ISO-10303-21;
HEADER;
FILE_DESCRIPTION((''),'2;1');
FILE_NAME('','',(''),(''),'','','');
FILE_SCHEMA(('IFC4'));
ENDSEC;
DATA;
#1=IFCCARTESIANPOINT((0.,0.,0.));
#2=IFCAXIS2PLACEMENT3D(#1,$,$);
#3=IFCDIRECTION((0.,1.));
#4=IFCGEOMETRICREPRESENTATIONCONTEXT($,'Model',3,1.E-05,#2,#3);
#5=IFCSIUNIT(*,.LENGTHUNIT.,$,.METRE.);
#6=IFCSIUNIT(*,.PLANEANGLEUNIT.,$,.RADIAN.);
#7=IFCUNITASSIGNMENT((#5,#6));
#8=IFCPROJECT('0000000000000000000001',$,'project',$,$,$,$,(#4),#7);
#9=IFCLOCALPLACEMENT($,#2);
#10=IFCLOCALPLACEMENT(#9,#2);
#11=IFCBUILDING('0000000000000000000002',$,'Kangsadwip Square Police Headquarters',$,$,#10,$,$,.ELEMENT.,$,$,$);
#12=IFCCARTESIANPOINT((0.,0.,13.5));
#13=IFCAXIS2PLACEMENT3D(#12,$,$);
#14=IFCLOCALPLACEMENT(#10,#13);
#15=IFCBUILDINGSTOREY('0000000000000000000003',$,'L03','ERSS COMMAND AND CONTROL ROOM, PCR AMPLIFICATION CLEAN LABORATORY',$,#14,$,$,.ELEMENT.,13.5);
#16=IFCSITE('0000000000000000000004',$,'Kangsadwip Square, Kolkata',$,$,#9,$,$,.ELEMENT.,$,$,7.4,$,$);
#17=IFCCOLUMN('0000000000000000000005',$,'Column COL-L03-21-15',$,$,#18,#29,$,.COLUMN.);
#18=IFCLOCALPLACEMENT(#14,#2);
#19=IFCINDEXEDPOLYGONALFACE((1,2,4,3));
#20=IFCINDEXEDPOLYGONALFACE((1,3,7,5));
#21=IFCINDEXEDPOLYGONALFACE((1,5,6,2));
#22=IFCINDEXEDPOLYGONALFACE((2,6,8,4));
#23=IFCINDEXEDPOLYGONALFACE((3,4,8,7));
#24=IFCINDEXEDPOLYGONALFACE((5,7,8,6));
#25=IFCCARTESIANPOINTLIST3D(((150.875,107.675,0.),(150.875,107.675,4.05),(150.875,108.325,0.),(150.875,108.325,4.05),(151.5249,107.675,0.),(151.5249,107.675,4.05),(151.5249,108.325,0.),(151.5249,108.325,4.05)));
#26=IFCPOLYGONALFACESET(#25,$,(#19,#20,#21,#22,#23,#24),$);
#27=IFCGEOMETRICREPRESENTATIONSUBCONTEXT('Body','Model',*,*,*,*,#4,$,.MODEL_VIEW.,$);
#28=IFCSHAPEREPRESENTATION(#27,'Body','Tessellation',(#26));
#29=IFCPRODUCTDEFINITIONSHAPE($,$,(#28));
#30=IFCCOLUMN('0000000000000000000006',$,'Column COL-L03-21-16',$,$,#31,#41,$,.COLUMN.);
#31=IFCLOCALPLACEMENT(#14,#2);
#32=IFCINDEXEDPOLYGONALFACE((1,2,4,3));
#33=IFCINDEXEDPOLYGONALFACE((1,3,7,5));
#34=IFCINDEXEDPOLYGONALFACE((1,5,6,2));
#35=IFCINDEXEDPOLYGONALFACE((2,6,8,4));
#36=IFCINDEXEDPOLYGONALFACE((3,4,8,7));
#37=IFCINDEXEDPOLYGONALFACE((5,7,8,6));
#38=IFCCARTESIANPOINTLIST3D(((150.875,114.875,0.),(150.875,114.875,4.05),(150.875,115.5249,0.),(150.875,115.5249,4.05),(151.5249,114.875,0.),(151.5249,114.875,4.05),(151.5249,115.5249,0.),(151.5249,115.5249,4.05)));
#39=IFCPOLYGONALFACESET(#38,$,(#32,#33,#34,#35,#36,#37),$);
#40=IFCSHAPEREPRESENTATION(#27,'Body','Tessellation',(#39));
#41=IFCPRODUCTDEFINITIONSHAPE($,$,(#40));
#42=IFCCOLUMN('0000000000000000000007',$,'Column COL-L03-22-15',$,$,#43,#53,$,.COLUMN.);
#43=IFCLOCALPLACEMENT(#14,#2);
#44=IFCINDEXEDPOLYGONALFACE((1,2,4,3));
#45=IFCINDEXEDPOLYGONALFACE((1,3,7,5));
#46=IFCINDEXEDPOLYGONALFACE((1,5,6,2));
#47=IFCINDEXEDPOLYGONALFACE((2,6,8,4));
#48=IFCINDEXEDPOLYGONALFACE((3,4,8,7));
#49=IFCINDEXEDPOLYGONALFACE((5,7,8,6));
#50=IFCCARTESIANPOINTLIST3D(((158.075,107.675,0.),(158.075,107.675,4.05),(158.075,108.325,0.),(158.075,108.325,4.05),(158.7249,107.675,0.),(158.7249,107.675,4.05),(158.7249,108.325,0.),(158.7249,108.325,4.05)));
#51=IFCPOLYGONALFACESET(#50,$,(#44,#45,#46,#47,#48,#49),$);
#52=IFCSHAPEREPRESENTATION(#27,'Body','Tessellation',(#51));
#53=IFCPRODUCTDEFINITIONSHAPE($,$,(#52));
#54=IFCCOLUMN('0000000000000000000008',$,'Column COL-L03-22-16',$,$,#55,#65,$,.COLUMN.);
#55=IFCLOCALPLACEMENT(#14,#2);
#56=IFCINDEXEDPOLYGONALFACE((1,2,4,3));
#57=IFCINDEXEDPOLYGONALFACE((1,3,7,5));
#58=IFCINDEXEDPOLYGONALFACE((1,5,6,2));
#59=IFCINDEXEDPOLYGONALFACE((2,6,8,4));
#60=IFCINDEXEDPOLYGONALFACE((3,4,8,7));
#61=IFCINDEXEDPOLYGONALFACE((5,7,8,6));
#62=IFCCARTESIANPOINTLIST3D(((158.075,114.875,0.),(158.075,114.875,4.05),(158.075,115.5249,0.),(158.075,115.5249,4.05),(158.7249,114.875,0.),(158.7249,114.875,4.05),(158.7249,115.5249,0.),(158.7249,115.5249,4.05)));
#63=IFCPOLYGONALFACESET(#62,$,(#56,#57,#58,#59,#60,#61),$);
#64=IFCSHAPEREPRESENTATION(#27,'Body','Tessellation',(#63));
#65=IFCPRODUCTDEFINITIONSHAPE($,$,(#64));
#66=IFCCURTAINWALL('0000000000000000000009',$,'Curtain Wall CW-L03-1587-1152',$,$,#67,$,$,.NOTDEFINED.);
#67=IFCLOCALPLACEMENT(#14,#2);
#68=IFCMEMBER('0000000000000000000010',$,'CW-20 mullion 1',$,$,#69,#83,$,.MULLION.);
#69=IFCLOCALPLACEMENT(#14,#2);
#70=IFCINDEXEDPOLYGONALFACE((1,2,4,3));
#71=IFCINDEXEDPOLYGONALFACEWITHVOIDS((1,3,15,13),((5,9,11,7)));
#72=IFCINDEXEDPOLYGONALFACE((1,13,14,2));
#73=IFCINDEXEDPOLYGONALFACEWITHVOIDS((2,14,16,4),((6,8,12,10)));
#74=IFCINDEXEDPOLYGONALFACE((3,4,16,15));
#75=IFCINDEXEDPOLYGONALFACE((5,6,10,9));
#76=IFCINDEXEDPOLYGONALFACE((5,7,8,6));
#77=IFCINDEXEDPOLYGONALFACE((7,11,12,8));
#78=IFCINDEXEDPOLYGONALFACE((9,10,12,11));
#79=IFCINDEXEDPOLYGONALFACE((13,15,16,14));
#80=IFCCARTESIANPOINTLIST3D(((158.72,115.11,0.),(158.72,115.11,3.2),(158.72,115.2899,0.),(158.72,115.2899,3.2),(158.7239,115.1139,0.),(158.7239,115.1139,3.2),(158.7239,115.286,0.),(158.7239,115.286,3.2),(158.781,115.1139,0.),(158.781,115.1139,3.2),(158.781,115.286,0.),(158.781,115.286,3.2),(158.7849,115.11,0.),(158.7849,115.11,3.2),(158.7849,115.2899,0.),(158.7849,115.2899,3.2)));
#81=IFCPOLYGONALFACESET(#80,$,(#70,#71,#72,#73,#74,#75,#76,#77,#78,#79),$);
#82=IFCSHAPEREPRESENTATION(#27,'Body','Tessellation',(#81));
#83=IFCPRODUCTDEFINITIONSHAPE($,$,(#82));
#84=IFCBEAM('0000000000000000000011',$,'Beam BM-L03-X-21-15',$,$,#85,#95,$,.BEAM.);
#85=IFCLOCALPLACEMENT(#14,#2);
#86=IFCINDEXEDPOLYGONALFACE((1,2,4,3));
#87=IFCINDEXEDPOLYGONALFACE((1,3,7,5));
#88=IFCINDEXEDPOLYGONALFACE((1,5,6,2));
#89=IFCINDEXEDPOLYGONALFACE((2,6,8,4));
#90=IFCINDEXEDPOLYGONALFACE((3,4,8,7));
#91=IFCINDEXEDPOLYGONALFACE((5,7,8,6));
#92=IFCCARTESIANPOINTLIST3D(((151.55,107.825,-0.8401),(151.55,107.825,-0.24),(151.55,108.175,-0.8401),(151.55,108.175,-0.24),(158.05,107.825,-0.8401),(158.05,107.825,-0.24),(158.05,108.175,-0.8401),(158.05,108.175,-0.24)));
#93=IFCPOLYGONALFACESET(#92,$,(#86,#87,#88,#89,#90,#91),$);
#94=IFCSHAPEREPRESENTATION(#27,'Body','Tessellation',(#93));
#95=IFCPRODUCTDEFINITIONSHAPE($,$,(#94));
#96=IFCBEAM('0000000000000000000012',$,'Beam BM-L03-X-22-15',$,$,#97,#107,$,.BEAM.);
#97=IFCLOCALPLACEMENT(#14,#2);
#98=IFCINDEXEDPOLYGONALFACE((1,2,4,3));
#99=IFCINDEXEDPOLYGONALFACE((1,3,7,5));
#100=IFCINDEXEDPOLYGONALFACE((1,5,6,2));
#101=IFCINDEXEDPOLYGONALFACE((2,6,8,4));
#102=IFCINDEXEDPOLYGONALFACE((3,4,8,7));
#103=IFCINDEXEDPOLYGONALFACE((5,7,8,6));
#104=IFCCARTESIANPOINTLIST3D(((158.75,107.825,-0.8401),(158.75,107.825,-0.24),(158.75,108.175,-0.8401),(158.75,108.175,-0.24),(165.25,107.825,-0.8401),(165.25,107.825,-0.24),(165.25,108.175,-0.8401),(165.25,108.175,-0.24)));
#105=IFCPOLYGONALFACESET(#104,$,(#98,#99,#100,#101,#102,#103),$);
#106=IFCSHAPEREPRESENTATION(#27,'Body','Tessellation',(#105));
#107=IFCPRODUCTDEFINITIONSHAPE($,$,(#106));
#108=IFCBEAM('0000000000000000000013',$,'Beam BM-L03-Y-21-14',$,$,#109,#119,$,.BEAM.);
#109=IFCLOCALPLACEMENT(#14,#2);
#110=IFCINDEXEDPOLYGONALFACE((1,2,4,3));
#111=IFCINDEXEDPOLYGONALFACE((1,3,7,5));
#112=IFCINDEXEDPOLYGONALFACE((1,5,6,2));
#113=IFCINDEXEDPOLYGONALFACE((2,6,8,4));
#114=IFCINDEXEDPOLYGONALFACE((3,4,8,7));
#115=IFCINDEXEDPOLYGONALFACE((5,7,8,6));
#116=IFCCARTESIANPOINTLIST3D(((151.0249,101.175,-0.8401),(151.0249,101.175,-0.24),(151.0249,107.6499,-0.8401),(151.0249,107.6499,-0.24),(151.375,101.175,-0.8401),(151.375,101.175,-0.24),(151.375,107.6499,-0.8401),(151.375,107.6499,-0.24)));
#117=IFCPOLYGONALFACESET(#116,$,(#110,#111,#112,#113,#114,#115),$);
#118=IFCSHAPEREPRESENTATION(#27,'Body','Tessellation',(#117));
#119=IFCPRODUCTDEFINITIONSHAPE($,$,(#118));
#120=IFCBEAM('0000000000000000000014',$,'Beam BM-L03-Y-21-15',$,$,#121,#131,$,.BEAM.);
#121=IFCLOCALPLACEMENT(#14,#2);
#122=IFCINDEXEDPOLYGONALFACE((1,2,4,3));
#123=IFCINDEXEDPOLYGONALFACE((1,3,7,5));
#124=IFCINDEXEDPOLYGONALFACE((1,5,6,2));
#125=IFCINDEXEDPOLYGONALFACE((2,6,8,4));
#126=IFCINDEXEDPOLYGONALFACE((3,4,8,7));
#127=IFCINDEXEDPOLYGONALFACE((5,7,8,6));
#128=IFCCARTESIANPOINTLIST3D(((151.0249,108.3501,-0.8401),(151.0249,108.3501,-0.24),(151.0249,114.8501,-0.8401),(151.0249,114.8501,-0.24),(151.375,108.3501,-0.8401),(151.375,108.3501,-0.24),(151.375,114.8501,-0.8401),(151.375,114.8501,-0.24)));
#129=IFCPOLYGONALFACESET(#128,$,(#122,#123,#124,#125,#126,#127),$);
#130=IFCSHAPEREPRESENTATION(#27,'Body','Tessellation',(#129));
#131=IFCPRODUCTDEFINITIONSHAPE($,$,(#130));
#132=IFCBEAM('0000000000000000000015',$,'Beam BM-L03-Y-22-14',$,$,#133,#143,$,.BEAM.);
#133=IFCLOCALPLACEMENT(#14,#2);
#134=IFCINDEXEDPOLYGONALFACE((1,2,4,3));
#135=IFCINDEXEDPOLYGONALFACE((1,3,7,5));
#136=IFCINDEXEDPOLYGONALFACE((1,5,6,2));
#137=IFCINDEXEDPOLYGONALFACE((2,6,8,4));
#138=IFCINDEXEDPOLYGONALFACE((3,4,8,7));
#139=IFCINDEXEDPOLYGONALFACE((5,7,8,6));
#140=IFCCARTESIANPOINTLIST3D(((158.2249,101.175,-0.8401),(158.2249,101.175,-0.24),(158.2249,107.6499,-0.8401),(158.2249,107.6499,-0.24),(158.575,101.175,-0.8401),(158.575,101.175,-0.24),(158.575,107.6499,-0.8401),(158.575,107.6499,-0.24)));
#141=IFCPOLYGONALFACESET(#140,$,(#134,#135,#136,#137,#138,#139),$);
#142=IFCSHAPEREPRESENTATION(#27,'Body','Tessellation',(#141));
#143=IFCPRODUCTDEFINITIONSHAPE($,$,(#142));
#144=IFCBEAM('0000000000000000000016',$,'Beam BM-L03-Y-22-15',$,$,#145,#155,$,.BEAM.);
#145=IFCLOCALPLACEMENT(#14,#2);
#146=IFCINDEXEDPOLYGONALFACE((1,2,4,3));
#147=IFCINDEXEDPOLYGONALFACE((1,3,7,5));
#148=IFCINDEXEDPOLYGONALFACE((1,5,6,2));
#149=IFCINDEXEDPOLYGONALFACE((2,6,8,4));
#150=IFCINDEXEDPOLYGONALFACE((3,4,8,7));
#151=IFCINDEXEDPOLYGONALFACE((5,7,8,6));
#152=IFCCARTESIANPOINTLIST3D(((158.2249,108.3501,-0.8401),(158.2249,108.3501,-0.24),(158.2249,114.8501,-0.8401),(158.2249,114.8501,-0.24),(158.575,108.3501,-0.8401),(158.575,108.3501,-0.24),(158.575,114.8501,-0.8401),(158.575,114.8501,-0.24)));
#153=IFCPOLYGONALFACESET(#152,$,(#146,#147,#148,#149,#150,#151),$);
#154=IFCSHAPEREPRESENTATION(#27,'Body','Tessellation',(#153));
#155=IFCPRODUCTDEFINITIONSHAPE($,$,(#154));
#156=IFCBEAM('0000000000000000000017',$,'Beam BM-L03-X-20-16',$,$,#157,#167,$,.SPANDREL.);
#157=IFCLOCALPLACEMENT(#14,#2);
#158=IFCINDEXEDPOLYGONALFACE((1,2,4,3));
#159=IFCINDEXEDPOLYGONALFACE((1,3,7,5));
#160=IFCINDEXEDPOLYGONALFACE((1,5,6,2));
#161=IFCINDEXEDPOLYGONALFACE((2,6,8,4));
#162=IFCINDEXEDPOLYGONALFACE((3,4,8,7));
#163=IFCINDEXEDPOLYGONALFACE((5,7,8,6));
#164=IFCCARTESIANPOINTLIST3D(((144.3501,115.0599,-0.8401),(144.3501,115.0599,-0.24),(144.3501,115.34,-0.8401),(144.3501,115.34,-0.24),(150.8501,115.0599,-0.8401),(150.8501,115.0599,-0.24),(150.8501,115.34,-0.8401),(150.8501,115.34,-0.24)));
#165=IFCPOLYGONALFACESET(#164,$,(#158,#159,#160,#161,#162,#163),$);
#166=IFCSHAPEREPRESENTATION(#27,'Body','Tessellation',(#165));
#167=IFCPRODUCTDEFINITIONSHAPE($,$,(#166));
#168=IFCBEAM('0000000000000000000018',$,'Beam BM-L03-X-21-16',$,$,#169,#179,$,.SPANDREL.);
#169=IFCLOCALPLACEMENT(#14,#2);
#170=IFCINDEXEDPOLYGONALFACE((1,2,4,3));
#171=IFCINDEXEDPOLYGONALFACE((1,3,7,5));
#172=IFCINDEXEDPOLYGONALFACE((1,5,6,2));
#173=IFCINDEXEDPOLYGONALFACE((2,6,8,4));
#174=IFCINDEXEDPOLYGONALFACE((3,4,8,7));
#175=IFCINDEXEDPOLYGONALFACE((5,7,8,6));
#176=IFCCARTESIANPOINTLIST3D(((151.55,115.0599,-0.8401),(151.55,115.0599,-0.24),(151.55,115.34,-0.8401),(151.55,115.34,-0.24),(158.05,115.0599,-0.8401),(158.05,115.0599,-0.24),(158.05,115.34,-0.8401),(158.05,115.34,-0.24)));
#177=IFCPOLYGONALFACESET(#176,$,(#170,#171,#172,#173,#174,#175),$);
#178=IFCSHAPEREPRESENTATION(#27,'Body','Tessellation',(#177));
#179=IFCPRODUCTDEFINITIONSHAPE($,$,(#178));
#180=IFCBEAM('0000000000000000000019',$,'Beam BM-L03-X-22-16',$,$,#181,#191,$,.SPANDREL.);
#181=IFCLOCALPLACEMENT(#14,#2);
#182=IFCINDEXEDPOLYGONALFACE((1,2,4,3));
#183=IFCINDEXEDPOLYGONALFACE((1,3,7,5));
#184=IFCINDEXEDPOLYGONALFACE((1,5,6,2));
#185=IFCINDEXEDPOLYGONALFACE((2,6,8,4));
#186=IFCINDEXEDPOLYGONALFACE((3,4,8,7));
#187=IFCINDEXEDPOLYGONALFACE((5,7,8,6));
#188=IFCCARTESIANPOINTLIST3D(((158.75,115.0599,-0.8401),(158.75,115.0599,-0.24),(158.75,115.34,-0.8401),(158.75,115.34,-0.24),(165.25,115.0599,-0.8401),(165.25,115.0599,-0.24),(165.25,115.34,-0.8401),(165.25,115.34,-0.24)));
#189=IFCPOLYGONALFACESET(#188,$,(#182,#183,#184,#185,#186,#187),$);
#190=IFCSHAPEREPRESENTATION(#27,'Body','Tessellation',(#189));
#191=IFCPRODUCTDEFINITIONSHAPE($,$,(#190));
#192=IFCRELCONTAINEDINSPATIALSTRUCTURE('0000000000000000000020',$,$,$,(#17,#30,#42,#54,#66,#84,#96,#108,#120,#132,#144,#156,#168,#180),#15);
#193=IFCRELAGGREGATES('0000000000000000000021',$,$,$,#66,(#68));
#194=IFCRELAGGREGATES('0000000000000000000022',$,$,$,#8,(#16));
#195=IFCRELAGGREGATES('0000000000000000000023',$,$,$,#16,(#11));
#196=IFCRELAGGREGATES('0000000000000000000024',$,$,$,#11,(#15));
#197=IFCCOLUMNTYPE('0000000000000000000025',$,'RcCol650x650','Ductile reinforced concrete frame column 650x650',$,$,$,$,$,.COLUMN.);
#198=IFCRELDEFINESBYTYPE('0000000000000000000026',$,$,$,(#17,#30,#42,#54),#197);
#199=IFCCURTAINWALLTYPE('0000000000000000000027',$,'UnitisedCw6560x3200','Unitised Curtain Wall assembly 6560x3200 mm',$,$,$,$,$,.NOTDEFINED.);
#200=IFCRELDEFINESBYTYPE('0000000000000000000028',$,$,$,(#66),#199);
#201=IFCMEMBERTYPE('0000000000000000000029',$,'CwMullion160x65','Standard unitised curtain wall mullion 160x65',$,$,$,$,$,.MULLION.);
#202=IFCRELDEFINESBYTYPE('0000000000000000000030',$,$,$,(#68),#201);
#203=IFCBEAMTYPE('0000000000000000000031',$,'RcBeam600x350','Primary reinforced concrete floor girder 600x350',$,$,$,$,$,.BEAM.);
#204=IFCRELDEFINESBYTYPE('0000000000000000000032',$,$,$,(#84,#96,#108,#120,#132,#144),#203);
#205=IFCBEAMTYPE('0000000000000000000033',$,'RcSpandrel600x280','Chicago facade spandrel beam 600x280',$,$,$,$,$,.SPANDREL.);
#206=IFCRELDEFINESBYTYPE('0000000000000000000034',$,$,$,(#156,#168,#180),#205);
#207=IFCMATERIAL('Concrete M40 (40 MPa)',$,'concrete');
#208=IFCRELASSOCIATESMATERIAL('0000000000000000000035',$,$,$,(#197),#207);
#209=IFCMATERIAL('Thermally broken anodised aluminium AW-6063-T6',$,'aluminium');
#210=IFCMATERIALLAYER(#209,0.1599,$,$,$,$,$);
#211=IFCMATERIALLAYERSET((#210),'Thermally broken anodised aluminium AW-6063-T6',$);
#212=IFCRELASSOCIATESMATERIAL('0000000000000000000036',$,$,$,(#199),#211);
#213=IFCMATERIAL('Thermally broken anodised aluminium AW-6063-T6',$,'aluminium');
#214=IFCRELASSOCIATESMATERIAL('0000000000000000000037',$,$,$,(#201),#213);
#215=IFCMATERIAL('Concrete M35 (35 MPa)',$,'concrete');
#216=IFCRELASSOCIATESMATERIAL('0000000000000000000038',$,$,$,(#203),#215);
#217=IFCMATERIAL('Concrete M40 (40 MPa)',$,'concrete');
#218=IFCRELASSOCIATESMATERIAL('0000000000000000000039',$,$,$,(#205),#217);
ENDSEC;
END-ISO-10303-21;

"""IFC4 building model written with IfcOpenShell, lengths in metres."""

from ifc_helpers import new_model, si_unit, direction, frame, origin, origin_2d, place, context, subcontext, project, spatial, rectangle, hollow_rectangle, extrude, material, layer, layer_set, material_profile, profile_set, type_object, element, aggregate, save


model = new_model("IFC4")

# Units and contexts
model_context = context("Model", 3, precision=1e-05, world=origin(), true_north=direction((0.0, 1.0)))
body_context = subcontext(model_context, "Body", "Model", "MODEL_VIEW")
ifc_project = project(units=[si_unit("LENGTHUNIT", "METRE"), si_unit("PLANEANGLEUNIT", "RADIAN")], contexts=[model_context])

# Site, building, storey
site_placement = place(None, origin())
site = spatial("IfcSite", under=ifc_project, at=site_placement, Name="Kangsadwip Square, Kolkata", CompositionType="ELEMENT", RefElevation=7.4)
building_placement = place(site_placement, origin())
building = spatial("IfcBuilding", under=site, at=building_placement, Name="Kangsadwip Square Police Headquarters", CompositionType="ELEMENT")
storey_placement = place(building_placement, frame((0.0, 0.0, 13.5)))
storey = spatial("IfcBuildingStorey", under=building, at=storey_placement, Name="L03", Description="ERSS COMMAND AND CONTROL ROOM, PCR AMPLIFICATION CLEAN LABORATORY", CompositionType="ELEMENT", Elevation=13.5)

# Columns
ifc_material_1 = material(Name="Concrete M40 (40 MPa)", Category="concrete")
ifc_material_profile_1 = material_profile(ifc_material_1, rectangle(XDim=0.6499, YDim=0.6499, at=origin_2d()), Name="RC COL 650X650")
ifc_profile_set_1 = profile_set([ifc_material_profile_1], Name="Concrete M40 (40 MPa)")
column_type = type_object("IfcColumnType", Name="RcCol650x650", Description="Ductile reinforced concrete frame column 650x650", PredefinedType="COLUMN", material=ifc_profile_set_1)
for number, where, z_axis, x_axis, name in (
    (1, (151.2, 108.0, 0.0), (0.0, 0.0, 1.0), (1.0, 0.0, 0.0), "Column COL-L03-21-15"),
    (2, (151.2, 115.2, 0.0), (0.0, 0.0, 1.0), (1.0, 0.0, 0.0), "Column COL-L03-21-16"),
    (3, (158.3999, 108.0, 0.0), (0.0, 0.0, 1.0), (1.0, 0.0, 0.0), "Column COL-L03-22-15"),
    (4, (158.3999, 115.2, 0.0), (0.0, 0.0, 1.0), (1.0, 0.0, 0.0), "Column COL-L03-22-16"),
):
    element("IfcColumn", number, at=place(storey_placement, frame(where, z_axis=z_axis, x_axis=x_axis)), inside=storey, type_object=column_type, Name=name, PredefinedType="COLUMN", context=body_context, shape_type="SweptSolid", body=[
        extrude(rectangle(XDim=0.6499, YDim=0.6499, at=origin_2d()), origin(), (0.0, 0.0, 1.0), 4.05),
    ])

# Curtain wall, member
ifc_material_2 = material(Name="Thermally broken anodised aluminium AW-6063-T6", Category="aluminium")
ifc_layer_1 = layer(ifc_material_2, 0.1599)
ifc_layer_set_1 = layer_set([ifc_layer_1], Name="Thermally broken anodised aluminium AW-6063-T6")
curtain_wall_type = type_object("IfcCurtainWallType", Name="UnitisedCw6560x3200", Description="Unitised Curtain Wall assembly 6560x3200 mm", PredefinedType="NOTDEFINED", material=ifc_layer_set_1)
curtain_wall_placement = place(storey_placement, origin())
curtain_wall = element("IfcCurtainWall", 5, at=curtain_wall_placement, inside=storey, type_object=curtain_wall_type, Name="Curtain Wall CW-L03-1587-1152", PredefinedType="NOTDEFINED")
ifc_material_3 = material(Name="Thermally broken anodised aluminium AW-6063-T6", Category="aluminium")
ifc_material_profile_2 = material_profile(ifc_material_3, hollow_rectangle(XDim=0.0649, YDim=0.1799, WallThickness=0.0039, at=origin_2d()), Name="CWM 180X65X4")
ifc_profile_set_2 = profile_set([ifc_material_profile_2], Name="Thermally broken anodised aluminium AW-6063-T6")
member_type = type_object("IfcMemberType", Name="CwMullion160x65", Description="Standard unitised curtain wall mullion 160x65", PredefinedType="MULLION", material=ifc_profile_set_2)
member_placement = place(storey_placement, frame((158.7524, 115.2, 0.0), z_axis=(0.0, 0.0, 1.0), x_axis=(1.0, 0.0, 0.0)))
member = element("IfcMember", 6, at=member_placement, type_object=member_type, Name="CW-20 mullion 1", PredefinedType="MULLION", context=body_context, shape_type="SweptSolid", body=[
    extrude(hollow_rectangle(XDim=0.0649, YDim=0.1799, WallThickness=0.0039, at=origin_2d()), origin(), (0.0, 0.0, 1.0), 3.2),
])
aggregate(curtain_wall, [member])

# Beams
ifc_material_4 = material(Name="Concrete M35 (35 MPa)", Category="concrete")
ifc_material_profile_3 = material_profile(ifc_material_4, rectangle(XDim=0.3501, YDim=0.6001, at=origin_2d()), Name="RC BM 600X350")
ifc_profile_set_3 = profile_set([ifc_material_profile_3], Name="Concrete M35 (35 MPa)")
beam_type_1 = type_object("IfcBeamType", Name="RcBeam600x350", Description="Primary reinforced concrete floor girder 600x350", PredefinedType="BEAM", material=ifc_profile_set_3)
for number, where, z_axis, x_axis, name in (
    (7, (151.55, 108.0, -0.54), (1.0, 0.0, 0.0), (0.0, 1.0, 0.0), "Beam BM-L03-X-21-15"),
    (8, (158.75, 108.0, -0.54), (1.0, 0.0, 0.0), (0.0, 1.0, 0.0), "Beam BM-L03-X-22-15"),
):
    element("IfcBeam", number, at=place(storey_placement, frame(where, z_axis=z_axis, x_axis=x_axis)), inside=storey, type_object=beam_type_1, Name=name, PredefinedType="BEAM", context=body_context, shape_type="SweptSolid", body=[
        extrude(rectangle(XDim=0.3501, YDim=0.6001, at=origin_2d()), origin(), (0.0, 0.0, 1.0), 6.5),
    ])
beam_1_placement = place(storey_placement, frame((151.2, 101.175, -0.54), z_axis=(0.0, 1.0, 0.0), x_axis=(-1.0, 0.0, 0.0)))
element("IfcBeam", 9, at=beam_1_placement, inside=storey, type_object=beam_type_1, Name="Beam BM-L03-Y-21-14", PredefinedType="BEAM", context=body_context, shape_type="SweptSolid", body=[
    extrude(rectangle(XDim=0.3501, YDim=0.6001, at=origin_2d()), origin(), (0.0, 0.0, 1.0), 6.4749),
])
beam_2_placement = place(storey_placement, frame((151.2, 108.3501, -0.54), z_axis=(0.0, 1.0, 0.0), x_axis=(-1.0, 0.0, 0.0)))
element("IfcBeam", 10, at=beam_2_placement, inside=storey, type_object=beam_type_1, Name="Beam BM-L03-Y-21-15", PredefinedType="BEAM", context=body_context, shape_type="SweptSolid", body=[
    extrude(rectangle(XDim=0.3501, YDim=0.6001, at=origin_2d()), origin(), (0.0, 0.0, 1.0), 6.5),
])
beam_3_placement = place(storey_placement, frame((158.3999, 101.175, -0.54), z_axis=(0.0, 1.0, 0.0), x_axis=(-1.0, 0.0, 0.0)))
element("IfcBeam", 11, at=beam_3_placement, inside=storey, type_object=beam_type_1, Name="Beam BM-L03-Y-22-14", PredefinedType="BEAM", context=body_context, shape_type="SweptSolid", body=[
    extrude(rectangle(XDim=0.3501, YDim=0.6001, at=origin_2d()), origin(), (0.0, 0.0, 1.0), 6.4749),
])
beam_4_placement = place(storey_placement, frame((158.3999, 108.3501, -0.54), z_axis=(0.0, 1.0, 0.0), x_axis=(-1.0, 0.0, 0.0)))
element("IfcBeam", 12, at=beam_4_placement, inside=storey, type_object=beam_type_1, Name="Beam BM-L03-Y-22-15", PredefinedType="BEAM", context=body_context, shape_type="SweptSolid", body=[
    extrude(rectangle(XDim=0.3501, YDim=0.6001, at=origin_2d()), origin(), (0.0, 0.0, 1.0), 6.5),
])
ifc_material_5 = material(Name="Concrete M40 (40 MPa)", Category="concrete")
ifc_material_profile_4 = material_profile(ifc_material_5, rectangle(XDim=0.28, YDim=0.6001, at=origin_2d()), Name="RC SPN 600X280")
ifc_profile_set_4 = profile_set([ifc_material_profile_4], Name="Concrete M40 (40 MPa)")
beam_type_2 = type_object("IfcBeamType", Name="RcSpandrel600x280", Description="Chicago facade spandrel beam 600x280", PredefinedType="SPANDREL", material=ifc_profile_set_4)
for number, where, z_axis, x_axis, name in (
    (13, (144.3501, 115.2, -0.54), (1.0, 0.0, 0.0), (0.0, 1.0, 0.0), "Beam BM-L03-X-20-16"),
    (14, (151.55, 115.2, -0.54), (1.0, 0.0, 0.0), (0.0, 1.0, 0.0), "Beam BM-L03-X-21-16"),
    (15, (158.75, 115.2, -0.54), (1.0, 0.0, 0.0), (0.0, 1.0, 0.0), "Beam BM-L03-X-22-16"),
):
    element("IfcBeam", number, at=place(storey_placement, frame(where, z_axis=z_axis, x_axis=x_axis)), inside=storey, type_object=beam_type_2, Name=name, PredefinedType="SPANDREL", context=body_context, shape_type="SweptSolid", body=[
        extrude(rectangle(XDim=0.28, YDim=0.6001, at=origin_2d()), origin(), (0.0, 0.0, 1.0), 6.5),
    ])

save(model, "model.ifc")
